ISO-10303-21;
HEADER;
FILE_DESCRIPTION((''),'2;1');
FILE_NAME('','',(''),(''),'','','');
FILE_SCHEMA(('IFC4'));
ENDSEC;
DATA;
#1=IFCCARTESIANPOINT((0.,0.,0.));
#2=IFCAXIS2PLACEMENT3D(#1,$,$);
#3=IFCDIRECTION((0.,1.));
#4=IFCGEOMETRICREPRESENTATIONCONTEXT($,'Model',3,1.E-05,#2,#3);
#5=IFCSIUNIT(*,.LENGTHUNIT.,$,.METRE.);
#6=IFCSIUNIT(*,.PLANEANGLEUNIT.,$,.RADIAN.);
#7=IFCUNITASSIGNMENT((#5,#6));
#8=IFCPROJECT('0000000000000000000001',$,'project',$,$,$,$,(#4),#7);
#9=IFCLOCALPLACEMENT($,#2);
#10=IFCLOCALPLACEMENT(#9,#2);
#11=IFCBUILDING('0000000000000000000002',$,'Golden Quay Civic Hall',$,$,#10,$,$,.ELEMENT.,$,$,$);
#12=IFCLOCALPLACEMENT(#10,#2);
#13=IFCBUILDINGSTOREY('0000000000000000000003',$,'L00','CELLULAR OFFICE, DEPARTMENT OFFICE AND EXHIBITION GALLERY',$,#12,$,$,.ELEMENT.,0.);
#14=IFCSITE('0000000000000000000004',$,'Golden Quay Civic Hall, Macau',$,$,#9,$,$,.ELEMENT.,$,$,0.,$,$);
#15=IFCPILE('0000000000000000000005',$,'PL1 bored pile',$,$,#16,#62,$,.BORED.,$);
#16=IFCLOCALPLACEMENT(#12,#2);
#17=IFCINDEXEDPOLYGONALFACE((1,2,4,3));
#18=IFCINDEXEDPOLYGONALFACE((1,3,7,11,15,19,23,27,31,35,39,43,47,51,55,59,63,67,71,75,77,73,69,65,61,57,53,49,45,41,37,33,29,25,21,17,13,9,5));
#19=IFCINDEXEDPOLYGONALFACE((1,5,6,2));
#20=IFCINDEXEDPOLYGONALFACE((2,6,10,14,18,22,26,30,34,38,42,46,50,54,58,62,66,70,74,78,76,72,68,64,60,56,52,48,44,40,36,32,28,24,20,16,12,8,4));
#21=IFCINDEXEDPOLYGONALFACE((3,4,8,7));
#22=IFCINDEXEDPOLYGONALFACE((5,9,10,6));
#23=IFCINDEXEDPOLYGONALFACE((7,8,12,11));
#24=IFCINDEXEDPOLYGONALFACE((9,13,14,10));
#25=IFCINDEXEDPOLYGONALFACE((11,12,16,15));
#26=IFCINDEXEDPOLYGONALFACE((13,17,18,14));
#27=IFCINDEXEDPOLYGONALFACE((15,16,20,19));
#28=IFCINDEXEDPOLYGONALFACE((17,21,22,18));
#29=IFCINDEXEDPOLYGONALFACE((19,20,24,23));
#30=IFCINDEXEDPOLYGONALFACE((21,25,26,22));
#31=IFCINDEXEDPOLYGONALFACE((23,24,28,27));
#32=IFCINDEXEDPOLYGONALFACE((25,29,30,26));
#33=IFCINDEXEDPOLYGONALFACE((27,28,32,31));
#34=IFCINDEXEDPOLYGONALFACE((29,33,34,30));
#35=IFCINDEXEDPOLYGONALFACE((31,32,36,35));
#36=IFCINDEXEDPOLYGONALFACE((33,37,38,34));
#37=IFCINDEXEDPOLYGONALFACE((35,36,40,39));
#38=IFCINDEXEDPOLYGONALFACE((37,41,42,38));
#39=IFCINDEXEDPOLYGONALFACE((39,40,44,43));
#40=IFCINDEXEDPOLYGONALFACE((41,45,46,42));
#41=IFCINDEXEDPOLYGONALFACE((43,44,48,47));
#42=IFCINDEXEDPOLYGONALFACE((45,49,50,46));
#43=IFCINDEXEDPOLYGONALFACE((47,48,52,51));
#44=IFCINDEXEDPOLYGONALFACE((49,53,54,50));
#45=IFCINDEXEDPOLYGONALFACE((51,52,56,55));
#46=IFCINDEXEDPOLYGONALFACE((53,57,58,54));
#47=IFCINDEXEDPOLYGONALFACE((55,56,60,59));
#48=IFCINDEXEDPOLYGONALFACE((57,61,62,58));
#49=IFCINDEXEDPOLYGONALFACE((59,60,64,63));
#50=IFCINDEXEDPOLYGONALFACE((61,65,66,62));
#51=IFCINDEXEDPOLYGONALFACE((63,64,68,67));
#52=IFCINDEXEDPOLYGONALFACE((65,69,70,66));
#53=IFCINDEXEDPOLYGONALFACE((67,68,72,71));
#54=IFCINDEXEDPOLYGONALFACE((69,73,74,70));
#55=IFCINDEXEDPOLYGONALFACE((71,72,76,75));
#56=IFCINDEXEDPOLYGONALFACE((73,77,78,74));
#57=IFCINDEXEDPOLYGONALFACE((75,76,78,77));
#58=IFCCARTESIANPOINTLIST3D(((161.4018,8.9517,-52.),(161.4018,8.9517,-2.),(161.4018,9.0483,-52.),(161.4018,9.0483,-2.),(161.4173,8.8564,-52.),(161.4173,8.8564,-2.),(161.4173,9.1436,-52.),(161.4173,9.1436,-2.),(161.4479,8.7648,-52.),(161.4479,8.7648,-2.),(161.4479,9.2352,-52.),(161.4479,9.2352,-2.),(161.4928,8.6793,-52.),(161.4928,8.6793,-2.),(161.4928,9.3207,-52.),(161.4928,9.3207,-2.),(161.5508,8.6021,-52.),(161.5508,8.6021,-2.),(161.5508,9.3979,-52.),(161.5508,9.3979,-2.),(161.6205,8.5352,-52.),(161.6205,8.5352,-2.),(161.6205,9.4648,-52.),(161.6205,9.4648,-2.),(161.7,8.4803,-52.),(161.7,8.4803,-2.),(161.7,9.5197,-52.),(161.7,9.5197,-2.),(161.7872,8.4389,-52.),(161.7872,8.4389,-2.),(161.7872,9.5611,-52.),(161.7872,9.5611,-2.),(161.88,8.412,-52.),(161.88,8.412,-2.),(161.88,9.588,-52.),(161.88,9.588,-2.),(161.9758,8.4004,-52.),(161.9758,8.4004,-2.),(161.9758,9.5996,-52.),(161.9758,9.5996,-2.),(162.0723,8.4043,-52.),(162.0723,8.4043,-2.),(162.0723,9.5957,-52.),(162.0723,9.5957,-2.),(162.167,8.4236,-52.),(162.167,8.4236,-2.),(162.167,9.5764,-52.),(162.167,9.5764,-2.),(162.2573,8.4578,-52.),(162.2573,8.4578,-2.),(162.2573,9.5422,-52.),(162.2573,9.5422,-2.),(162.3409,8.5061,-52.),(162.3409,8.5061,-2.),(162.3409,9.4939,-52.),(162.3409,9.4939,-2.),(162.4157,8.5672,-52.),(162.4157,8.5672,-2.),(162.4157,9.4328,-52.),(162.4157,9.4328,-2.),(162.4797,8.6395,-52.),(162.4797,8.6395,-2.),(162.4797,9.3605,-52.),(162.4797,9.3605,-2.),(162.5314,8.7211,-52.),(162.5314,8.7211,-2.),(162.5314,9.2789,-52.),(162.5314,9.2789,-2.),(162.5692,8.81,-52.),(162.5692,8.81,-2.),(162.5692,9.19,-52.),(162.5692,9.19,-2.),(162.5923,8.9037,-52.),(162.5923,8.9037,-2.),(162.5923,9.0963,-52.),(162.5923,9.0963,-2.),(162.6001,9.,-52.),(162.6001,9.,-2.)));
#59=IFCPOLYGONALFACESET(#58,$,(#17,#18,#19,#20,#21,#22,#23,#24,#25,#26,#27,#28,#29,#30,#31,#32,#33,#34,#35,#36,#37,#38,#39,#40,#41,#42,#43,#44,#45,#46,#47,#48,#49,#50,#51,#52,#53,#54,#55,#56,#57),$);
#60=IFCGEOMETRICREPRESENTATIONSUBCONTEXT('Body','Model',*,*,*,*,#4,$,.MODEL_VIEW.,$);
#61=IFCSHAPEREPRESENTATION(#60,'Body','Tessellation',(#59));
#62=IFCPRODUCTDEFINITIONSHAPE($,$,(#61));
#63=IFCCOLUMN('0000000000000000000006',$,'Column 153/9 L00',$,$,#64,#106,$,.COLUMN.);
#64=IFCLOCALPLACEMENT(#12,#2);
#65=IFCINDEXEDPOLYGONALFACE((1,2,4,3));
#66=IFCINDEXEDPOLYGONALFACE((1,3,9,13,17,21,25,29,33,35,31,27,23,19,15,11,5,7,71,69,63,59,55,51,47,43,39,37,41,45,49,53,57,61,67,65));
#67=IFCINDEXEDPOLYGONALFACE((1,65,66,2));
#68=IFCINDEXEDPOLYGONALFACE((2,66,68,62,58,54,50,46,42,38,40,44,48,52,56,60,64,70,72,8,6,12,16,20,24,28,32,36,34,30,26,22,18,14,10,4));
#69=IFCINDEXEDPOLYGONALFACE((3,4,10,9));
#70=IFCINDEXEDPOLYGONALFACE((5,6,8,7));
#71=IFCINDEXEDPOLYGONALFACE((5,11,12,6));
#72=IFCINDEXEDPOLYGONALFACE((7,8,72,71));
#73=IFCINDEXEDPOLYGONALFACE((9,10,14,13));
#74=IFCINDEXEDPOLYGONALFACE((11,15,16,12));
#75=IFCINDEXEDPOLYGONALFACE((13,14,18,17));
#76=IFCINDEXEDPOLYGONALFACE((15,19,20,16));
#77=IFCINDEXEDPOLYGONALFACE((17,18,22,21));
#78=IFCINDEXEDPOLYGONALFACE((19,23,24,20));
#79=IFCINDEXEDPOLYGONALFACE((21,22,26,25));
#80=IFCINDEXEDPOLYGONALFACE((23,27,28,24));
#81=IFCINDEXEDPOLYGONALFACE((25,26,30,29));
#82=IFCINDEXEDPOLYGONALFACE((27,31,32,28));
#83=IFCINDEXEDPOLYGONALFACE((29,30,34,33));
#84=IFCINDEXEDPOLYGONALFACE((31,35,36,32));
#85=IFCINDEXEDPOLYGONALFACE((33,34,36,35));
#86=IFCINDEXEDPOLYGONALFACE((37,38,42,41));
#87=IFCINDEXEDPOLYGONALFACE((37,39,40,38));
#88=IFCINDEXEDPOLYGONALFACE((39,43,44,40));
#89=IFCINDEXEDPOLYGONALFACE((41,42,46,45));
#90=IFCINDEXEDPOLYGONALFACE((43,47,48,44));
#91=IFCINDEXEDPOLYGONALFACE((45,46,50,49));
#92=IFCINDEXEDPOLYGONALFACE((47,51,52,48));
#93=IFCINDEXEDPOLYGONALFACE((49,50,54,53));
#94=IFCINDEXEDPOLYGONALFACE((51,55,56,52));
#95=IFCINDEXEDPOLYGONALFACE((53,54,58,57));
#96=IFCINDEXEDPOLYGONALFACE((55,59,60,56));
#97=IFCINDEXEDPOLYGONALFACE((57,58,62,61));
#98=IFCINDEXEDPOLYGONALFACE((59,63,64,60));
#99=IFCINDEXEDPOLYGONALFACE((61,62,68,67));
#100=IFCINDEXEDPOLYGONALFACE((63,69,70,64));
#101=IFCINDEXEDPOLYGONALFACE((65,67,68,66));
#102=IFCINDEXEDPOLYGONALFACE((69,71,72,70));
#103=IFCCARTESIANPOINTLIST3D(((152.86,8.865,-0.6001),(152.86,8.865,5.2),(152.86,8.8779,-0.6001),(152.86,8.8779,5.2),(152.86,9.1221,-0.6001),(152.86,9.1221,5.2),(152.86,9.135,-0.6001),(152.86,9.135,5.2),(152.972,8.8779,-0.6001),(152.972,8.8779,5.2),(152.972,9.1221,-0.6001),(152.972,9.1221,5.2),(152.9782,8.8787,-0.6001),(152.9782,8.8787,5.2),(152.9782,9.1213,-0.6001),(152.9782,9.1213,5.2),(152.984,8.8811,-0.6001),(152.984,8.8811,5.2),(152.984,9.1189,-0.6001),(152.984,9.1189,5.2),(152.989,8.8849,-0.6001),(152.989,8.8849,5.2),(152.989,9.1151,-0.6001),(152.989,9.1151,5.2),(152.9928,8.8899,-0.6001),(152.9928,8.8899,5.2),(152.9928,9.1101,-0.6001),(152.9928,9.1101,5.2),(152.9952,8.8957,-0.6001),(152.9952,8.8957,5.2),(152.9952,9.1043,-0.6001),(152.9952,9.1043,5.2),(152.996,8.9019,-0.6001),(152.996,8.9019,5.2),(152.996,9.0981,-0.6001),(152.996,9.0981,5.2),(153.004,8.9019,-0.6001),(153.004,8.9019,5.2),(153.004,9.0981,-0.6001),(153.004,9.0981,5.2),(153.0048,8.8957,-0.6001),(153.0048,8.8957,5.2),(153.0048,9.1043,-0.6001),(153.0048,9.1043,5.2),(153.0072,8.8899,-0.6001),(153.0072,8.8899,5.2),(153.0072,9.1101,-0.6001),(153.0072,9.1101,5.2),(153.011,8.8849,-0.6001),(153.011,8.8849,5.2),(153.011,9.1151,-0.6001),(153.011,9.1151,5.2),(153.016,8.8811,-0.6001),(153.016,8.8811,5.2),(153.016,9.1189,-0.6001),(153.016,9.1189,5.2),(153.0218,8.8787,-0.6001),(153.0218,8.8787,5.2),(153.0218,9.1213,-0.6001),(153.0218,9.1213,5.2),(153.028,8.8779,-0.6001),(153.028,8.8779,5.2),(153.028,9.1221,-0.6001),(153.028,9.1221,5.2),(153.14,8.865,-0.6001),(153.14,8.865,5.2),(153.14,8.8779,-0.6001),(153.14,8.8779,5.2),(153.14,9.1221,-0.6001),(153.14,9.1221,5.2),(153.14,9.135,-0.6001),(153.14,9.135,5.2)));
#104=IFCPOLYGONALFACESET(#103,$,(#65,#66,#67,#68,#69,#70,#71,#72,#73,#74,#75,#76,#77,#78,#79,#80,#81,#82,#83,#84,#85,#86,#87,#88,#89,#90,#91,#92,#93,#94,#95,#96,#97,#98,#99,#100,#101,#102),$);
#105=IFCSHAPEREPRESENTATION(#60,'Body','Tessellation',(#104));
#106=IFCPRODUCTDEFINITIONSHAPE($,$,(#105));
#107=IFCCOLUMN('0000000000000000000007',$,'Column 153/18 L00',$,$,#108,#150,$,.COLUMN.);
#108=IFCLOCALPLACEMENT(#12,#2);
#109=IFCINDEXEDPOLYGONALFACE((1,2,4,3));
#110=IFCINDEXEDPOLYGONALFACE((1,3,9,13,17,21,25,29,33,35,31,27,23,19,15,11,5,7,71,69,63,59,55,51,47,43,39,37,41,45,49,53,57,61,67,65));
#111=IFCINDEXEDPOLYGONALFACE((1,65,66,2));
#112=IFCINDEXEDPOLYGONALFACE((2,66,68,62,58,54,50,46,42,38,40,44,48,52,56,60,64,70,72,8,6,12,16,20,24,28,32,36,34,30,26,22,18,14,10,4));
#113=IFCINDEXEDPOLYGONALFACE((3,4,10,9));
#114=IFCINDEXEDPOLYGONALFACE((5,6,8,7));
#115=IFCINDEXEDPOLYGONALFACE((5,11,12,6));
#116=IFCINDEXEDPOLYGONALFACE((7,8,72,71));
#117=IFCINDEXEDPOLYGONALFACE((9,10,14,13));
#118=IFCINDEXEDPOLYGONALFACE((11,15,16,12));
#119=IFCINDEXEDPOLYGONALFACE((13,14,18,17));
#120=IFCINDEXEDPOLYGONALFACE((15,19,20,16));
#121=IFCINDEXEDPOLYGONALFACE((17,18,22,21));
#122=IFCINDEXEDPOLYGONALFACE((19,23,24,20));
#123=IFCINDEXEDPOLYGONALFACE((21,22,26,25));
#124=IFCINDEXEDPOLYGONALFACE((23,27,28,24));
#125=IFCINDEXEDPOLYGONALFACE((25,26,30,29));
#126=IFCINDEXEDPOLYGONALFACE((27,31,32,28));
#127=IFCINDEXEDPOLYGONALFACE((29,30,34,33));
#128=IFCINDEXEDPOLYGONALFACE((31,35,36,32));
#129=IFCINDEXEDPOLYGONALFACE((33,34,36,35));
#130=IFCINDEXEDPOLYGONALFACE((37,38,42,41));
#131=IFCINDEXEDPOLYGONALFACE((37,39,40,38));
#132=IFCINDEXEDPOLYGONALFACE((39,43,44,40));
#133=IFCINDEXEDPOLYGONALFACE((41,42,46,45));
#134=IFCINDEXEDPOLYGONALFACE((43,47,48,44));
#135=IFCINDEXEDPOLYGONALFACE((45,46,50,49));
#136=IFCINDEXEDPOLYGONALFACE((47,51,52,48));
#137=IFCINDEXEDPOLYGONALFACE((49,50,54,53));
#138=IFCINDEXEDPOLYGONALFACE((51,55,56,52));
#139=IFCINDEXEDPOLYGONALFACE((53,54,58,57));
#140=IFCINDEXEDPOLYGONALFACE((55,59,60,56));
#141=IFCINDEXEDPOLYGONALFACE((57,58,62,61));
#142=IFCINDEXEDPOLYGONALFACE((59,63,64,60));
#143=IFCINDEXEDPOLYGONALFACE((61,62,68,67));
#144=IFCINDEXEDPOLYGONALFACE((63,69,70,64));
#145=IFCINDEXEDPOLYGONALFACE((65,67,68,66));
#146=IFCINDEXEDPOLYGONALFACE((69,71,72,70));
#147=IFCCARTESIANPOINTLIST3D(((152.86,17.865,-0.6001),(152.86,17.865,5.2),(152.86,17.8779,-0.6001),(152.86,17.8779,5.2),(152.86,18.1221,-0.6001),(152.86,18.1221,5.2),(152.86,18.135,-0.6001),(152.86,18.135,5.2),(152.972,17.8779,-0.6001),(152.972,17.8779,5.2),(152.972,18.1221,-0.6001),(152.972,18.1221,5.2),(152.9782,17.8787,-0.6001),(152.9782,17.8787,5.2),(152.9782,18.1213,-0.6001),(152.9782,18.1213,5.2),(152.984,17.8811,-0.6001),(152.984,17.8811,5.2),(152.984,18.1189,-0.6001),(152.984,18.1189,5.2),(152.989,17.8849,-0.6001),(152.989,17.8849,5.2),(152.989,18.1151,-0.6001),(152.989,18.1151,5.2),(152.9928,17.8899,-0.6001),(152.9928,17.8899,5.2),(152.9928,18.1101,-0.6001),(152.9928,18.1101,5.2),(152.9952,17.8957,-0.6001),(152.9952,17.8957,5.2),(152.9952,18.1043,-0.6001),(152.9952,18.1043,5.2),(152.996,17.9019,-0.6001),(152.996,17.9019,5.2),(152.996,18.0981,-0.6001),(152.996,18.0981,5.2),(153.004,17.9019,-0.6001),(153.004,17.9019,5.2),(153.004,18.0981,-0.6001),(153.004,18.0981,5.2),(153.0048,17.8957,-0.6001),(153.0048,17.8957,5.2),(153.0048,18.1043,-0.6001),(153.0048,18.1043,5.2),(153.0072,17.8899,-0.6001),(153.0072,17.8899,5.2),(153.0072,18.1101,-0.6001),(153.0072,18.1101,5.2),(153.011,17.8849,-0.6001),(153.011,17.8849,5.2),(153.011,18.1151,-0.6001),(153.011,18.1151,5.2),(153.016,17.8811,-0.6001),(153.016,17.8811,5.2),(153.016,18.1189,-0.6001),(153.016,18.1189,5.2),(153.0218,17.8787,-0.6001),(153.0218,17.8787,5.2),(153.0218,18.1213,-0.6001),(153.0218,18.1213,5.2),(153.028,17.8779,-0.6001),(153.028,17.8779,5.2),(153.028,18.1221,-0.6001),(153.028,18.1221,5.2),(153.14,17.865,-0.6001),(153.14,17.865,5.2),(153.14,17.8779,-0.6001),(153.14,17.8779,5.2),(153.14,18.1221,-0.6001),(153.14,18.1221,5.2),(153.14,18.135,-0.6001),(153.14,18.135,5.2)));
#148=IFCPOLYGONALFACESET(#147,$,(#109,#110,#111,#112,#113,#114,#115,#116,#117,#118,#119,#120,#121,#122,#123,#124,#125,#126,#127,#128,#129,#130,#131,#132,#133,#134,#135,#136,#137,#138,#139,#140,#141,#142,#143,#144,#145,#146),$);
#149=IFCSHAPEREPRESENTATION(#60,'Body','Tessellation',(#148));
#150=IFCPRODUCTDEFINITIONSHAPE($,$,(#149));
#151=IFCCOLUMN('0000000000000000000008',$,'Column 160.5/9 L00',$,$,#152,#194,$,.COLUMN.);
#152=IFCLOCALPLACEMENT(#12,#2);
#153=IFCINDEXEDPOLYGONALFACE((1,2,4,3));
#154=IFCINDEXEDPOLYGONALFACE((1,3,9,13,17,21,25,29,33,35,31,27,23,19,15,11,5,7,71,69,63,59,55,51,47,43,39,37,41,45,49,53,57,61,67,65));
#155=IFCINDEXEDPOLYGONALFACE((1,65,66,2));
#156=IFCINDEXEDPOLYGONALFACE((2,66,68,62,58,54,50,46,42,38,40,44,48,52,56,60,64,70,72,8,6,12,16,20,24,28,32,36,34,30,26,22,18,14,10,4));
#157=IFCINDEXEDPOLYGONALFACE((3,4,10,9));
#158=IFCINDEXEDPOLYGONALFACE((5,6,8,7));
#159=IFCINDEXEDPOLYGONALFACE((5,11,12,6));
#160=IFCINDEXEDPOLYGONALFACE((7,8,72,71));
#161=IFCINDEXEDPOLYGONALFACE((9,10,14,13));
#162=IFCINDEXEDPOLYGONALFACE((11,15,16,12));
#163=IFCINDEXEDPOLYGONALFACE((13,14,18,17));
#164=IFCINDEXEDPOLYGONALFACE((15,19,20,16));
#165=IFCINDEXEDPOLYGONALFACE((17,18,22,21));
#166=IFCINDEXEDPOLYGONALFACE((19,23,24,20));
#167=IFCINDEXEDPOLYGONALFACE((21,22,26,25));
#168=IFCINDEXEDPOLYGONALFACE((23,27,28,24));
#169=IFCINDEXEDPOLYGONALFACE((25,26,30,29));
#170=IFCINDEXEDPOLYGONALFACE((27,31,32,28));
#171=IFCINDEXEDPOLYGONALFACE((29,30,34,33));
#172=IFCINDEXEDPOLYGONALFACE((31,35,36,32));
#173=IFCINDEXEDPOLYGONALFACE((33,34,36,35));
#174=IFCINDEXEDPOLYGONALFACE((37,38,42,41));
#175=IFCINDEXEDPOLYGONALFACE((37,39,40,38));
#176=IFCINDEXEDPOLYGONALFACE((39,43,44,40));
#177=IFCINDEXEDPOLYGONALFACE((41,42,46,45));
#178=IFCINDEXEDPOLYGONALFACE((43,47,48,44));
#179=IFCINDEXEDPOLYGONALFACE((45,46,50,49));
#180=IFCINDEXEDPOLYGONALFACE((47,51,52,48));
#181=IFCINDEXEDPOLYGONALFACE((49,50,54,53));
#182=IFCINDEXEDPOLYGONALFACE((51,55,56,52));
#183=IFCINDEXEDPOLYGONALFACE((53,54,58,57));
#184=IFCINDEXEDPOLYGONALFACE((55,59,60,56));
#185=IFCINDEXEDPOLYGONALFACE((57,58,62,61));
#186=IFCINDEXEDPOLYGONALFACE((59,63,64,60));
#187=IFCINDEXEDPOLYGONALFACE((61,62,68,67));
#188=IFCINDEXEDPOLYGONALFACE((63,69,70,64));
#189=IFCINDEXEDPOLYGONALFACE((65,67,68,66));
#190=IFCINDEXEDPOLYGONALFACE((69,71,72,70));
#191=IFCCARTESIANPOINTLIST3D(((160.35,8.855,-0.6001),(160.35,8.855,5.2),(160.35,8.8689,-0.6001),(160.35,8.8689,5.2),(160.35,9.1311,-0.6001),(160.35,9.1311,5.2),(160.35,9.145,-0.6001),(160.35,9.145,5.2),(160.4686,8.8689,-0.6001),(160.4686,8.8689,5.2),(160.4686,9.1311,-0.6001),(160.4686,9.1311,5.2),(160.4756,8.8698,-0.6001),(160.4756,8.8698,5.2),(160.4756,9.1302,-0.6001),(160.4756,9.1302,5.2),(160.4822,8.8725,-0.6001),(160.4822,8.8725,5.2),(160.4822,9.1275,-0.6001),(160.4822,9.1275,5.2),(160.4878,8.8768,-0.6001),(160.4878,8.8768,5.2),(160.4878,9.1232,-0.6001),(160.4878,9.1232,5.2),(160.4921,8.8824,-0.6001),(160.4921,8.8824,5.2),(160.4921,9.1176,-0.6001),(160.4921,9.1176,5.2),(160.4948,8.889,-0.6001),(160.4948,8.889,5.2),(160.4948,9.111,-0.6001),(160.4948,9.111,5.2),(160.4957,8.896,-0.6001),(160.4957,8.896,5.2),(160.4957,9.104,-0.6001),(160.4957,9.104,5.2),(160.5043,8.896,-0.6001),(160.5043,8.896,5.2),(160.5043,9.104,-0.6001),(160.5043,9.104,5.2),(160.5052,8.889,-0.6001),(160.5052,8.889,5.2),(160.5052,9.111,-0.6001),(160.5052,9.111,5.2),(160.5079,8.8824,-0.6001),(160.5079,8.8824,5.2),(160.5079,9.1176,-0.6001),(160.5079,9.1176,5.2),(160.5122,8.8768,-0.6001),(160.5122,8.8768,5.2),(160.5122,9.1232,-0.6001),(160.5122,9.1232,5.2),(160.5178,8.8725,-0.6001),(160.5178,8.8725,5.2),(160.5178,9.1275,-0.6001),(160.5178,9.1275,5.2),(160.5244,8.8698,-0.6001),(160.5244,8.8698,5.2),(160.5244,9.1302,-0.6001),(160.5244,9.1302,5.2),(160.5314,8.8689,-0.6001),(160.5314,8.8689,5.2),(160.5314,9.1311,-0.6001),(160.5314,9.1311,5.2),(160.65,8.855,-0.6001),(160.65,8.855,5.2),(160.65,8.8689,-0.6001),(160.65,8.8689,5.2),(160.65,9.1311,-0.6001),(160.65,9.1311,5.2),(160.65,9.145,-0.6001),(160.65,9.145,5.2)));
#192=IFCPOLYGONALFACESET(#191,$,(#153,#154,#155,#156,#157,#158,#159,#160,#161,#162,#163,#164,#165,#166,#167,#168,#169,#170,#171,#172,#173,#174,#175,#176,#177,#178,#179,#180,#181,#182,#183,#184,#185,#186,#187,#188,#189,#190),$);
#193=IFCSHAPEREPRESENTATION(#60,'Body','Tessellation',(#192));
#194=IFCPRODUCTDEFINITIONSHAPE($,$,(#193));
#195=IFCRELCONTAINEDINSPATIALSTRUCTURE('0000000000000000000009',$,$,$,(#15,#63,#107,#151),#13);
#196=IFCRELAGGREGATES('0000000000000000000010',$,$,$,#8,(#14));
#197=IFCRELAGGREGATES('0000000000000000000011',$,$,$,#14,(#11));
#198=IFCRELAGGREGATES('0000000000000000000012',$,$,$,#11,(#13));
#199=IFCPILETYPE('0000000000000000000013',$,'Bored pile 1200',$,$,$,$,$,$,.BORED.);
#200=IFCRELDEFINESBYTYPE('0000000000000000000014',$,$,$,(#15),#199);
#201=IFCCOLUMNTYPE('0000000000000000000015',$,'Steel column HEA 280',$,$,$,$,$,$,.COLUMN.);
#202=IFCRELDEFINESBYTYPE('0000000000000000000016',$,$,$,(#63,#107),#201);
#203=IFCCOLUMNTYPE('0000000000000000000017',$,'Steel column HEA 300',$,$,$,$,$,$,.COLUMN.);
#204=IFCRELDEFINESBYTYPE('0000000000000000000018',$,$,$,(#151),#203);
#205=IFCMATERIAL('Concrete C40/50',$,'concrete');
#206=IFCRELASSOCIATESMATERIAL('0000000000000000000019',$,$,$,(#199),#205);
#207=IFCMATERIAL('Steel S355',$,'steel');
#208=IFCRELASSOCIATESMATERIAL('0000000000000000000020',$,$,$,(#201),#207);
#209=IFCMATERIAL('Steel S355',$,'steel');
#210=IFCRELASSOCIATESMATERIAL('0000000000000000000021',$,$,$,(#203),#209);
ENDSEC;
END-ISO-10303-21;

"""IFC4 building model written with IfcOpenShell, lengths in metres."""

from ifc_helpers import new_model, si_unit, direction, frame, origin, origin_2d, place, context, subcontext, project, spatial, circle, i_section, extrude, material, material_profile, profile_set, type_object, element, save


model = new_model("IFC4")

# Units and contexts
model_context = context("Model", 3, precision=1e-05, world=origin(), true_north=direction((0.0, 1.0)))
body_context = subcontext(model_context, "Body", "Model", "MODEL_VIEW")
ifc_project = project(units=[si_unit("LENGTHUNIT", "METRE"), si_unit("PLANEANGLEUNIT", "RADIAN")], contexts=[model_context])

# Site, building, storey
site_placement = place(None, origin())
site = spatial("IfcSite", under=ifc_project, at=site_placement, Name="Golden Quay Civic Hall, Macau", CompositionType="ELEMENT", RefElevation=0.0)
building_placement = place(site_placement, origin())
building = spatial("IfcBuilding", under=site, at=building_placement, Name="Golden Quay Civic Hall", CompositionType="ELEMENT")
storey_placement = place(building_placement, origin())
storey = spatial("IfcBuildingStorey", under=building, at=storey_placement, Name="L00", Description="CELLULAR OFFICE, DEPARTMENT OFFICE AND EXHIBITION GALLERY", CompositionType="ELEMENT", Elevation=0.0)

# Pile
ifc_material_1 = material(Name="Concrete C40/50", Category="concrete")
ifc_material_profile_1 = material_profile(ifc_material_1, circle(Radius=0.6001, at=origin_2d()), Name="RC D1200")
ifc_profile_set_1 = profile_set([ifc_material_profile_1], Name="Concrete C40/50")
pile_type = type_object("IfcPileType", Name="Bored pile 1200", PredefinedType="BORED", material=ifc_profile_set_1)
for number, where, z_axis, x_axis, name in (
    (1, (162.0, 9.0, -2.0), (0.0, 0.0, -1.0), (1.0, 0.0, 0.0), "PL1 bored pile"),
):
    element("IfcPile", number, at=place(storey_placement, frame(where, z_axis=z_axis, x_axis=x_axis)), inside=storey, type_object=pile_type, Name=name, PredefinedType="BORED", context=body_context, shape_type="SweptSolid", body=[
        extrude(circle(Radius=0.6001, at=origin_2d()), origin(), (0.0, 0.0, 1.0), 50.0),
    ])

# Columns
ifc_material_2 = material(Name="Steel S355", Category="steel")
ifc_material_profile_2 = material_profile(ifc_material_2, i_section(OverallWidth=0.28, OverallDepth=0.27, WebThickness=0.0081, FlangeThickness=0.0129, FilletRadius=0.0239, at=origin_2d()), Name="HEA 280")
ifc_profile_set_2 = profile_set([ifc_material_profile_2], Name="Steel S355")
column_type_1 = type_object("IfcColumnType", Name="Steel column HEA 280", PredefinedType="COLUMN", material=ifc_profile_set_2)
for number, where, z_axis, x_axis, name in (
    (2, (153.0, 9.0, -0.6001), (0.0, 0.0, 1.0), (1.0, 0.0, 0.0), "Column 153/9 L00"),
    (3, (153.0, 18.0, -0.6001), (0.0, 0.0, 1.0), (1.0, 0.0, 0.0), "Column 153/18 L00"),
):
    element("IfcColumn", number, at=place(storey_placement, frame(where, z_axis=z_axis, x_axis=x_axis)), inside=storey, type_object=column_type_1, Name=name, PredefinedType="COLUMN", context=body_context, shape_type="SweptSolid", body=[
        extrude(i_section(OverallWidth=0.28, OverallDepth=0.27, WebThickness=0.0081, FlangeThickness=0.0129, FilletRadius=0.0239, at=origin_2d()), origin(), (0.0, 0.0, 1.0), 5.8),
    ])
ifc_material_3 = material(Name="Steel S355", Category="steel")
ifc_material_profile_3 = material_profile(ifc_material_3, i_section(OverallWidth=0.3, OverallDepth=0.29, WebThickness=0.0085, FlangeThickness=0.0139, FilletRadius=0.0271, at=origin_2d()), Name="HEA 300")
ifc_profile_set_3 = profile_set([ifc_material_profile_3], Name="Steel S355")
column_type_2 = type_object("IfcColumnType", Name="Steel column HEA 300", PredefinedType="COLUMN", material=ifc_profile_set_3)
for number, where, z_axis, x_axis, name in (
    (4, (160.5, 9.0, -0.6001), (0.0, 0.0, 1.0), (1.0, 0.0, 0.0), "Column 160.5/9 L00"),
):
    element("IfcColumn", number, at=place(storey_placement, frame(where, z_axis=z_axis, x_axis=x_axis)), inside=storey, type_object=column_type_2, Name=name, PredefinedType="COLUMN", context=body_context, shape_type="SweptSolid", body=[
        extrude(i_section(OverallWidth=0.3, OverallDepth=0.29, WebThickness=0.0085, FlangeThickness=0.0139, FilletRadius=0.0271, at=origin_2d()), origin(), (0.0, 0.0, 1.0), 5.8),
    ])

save(model, "model.ifc")
